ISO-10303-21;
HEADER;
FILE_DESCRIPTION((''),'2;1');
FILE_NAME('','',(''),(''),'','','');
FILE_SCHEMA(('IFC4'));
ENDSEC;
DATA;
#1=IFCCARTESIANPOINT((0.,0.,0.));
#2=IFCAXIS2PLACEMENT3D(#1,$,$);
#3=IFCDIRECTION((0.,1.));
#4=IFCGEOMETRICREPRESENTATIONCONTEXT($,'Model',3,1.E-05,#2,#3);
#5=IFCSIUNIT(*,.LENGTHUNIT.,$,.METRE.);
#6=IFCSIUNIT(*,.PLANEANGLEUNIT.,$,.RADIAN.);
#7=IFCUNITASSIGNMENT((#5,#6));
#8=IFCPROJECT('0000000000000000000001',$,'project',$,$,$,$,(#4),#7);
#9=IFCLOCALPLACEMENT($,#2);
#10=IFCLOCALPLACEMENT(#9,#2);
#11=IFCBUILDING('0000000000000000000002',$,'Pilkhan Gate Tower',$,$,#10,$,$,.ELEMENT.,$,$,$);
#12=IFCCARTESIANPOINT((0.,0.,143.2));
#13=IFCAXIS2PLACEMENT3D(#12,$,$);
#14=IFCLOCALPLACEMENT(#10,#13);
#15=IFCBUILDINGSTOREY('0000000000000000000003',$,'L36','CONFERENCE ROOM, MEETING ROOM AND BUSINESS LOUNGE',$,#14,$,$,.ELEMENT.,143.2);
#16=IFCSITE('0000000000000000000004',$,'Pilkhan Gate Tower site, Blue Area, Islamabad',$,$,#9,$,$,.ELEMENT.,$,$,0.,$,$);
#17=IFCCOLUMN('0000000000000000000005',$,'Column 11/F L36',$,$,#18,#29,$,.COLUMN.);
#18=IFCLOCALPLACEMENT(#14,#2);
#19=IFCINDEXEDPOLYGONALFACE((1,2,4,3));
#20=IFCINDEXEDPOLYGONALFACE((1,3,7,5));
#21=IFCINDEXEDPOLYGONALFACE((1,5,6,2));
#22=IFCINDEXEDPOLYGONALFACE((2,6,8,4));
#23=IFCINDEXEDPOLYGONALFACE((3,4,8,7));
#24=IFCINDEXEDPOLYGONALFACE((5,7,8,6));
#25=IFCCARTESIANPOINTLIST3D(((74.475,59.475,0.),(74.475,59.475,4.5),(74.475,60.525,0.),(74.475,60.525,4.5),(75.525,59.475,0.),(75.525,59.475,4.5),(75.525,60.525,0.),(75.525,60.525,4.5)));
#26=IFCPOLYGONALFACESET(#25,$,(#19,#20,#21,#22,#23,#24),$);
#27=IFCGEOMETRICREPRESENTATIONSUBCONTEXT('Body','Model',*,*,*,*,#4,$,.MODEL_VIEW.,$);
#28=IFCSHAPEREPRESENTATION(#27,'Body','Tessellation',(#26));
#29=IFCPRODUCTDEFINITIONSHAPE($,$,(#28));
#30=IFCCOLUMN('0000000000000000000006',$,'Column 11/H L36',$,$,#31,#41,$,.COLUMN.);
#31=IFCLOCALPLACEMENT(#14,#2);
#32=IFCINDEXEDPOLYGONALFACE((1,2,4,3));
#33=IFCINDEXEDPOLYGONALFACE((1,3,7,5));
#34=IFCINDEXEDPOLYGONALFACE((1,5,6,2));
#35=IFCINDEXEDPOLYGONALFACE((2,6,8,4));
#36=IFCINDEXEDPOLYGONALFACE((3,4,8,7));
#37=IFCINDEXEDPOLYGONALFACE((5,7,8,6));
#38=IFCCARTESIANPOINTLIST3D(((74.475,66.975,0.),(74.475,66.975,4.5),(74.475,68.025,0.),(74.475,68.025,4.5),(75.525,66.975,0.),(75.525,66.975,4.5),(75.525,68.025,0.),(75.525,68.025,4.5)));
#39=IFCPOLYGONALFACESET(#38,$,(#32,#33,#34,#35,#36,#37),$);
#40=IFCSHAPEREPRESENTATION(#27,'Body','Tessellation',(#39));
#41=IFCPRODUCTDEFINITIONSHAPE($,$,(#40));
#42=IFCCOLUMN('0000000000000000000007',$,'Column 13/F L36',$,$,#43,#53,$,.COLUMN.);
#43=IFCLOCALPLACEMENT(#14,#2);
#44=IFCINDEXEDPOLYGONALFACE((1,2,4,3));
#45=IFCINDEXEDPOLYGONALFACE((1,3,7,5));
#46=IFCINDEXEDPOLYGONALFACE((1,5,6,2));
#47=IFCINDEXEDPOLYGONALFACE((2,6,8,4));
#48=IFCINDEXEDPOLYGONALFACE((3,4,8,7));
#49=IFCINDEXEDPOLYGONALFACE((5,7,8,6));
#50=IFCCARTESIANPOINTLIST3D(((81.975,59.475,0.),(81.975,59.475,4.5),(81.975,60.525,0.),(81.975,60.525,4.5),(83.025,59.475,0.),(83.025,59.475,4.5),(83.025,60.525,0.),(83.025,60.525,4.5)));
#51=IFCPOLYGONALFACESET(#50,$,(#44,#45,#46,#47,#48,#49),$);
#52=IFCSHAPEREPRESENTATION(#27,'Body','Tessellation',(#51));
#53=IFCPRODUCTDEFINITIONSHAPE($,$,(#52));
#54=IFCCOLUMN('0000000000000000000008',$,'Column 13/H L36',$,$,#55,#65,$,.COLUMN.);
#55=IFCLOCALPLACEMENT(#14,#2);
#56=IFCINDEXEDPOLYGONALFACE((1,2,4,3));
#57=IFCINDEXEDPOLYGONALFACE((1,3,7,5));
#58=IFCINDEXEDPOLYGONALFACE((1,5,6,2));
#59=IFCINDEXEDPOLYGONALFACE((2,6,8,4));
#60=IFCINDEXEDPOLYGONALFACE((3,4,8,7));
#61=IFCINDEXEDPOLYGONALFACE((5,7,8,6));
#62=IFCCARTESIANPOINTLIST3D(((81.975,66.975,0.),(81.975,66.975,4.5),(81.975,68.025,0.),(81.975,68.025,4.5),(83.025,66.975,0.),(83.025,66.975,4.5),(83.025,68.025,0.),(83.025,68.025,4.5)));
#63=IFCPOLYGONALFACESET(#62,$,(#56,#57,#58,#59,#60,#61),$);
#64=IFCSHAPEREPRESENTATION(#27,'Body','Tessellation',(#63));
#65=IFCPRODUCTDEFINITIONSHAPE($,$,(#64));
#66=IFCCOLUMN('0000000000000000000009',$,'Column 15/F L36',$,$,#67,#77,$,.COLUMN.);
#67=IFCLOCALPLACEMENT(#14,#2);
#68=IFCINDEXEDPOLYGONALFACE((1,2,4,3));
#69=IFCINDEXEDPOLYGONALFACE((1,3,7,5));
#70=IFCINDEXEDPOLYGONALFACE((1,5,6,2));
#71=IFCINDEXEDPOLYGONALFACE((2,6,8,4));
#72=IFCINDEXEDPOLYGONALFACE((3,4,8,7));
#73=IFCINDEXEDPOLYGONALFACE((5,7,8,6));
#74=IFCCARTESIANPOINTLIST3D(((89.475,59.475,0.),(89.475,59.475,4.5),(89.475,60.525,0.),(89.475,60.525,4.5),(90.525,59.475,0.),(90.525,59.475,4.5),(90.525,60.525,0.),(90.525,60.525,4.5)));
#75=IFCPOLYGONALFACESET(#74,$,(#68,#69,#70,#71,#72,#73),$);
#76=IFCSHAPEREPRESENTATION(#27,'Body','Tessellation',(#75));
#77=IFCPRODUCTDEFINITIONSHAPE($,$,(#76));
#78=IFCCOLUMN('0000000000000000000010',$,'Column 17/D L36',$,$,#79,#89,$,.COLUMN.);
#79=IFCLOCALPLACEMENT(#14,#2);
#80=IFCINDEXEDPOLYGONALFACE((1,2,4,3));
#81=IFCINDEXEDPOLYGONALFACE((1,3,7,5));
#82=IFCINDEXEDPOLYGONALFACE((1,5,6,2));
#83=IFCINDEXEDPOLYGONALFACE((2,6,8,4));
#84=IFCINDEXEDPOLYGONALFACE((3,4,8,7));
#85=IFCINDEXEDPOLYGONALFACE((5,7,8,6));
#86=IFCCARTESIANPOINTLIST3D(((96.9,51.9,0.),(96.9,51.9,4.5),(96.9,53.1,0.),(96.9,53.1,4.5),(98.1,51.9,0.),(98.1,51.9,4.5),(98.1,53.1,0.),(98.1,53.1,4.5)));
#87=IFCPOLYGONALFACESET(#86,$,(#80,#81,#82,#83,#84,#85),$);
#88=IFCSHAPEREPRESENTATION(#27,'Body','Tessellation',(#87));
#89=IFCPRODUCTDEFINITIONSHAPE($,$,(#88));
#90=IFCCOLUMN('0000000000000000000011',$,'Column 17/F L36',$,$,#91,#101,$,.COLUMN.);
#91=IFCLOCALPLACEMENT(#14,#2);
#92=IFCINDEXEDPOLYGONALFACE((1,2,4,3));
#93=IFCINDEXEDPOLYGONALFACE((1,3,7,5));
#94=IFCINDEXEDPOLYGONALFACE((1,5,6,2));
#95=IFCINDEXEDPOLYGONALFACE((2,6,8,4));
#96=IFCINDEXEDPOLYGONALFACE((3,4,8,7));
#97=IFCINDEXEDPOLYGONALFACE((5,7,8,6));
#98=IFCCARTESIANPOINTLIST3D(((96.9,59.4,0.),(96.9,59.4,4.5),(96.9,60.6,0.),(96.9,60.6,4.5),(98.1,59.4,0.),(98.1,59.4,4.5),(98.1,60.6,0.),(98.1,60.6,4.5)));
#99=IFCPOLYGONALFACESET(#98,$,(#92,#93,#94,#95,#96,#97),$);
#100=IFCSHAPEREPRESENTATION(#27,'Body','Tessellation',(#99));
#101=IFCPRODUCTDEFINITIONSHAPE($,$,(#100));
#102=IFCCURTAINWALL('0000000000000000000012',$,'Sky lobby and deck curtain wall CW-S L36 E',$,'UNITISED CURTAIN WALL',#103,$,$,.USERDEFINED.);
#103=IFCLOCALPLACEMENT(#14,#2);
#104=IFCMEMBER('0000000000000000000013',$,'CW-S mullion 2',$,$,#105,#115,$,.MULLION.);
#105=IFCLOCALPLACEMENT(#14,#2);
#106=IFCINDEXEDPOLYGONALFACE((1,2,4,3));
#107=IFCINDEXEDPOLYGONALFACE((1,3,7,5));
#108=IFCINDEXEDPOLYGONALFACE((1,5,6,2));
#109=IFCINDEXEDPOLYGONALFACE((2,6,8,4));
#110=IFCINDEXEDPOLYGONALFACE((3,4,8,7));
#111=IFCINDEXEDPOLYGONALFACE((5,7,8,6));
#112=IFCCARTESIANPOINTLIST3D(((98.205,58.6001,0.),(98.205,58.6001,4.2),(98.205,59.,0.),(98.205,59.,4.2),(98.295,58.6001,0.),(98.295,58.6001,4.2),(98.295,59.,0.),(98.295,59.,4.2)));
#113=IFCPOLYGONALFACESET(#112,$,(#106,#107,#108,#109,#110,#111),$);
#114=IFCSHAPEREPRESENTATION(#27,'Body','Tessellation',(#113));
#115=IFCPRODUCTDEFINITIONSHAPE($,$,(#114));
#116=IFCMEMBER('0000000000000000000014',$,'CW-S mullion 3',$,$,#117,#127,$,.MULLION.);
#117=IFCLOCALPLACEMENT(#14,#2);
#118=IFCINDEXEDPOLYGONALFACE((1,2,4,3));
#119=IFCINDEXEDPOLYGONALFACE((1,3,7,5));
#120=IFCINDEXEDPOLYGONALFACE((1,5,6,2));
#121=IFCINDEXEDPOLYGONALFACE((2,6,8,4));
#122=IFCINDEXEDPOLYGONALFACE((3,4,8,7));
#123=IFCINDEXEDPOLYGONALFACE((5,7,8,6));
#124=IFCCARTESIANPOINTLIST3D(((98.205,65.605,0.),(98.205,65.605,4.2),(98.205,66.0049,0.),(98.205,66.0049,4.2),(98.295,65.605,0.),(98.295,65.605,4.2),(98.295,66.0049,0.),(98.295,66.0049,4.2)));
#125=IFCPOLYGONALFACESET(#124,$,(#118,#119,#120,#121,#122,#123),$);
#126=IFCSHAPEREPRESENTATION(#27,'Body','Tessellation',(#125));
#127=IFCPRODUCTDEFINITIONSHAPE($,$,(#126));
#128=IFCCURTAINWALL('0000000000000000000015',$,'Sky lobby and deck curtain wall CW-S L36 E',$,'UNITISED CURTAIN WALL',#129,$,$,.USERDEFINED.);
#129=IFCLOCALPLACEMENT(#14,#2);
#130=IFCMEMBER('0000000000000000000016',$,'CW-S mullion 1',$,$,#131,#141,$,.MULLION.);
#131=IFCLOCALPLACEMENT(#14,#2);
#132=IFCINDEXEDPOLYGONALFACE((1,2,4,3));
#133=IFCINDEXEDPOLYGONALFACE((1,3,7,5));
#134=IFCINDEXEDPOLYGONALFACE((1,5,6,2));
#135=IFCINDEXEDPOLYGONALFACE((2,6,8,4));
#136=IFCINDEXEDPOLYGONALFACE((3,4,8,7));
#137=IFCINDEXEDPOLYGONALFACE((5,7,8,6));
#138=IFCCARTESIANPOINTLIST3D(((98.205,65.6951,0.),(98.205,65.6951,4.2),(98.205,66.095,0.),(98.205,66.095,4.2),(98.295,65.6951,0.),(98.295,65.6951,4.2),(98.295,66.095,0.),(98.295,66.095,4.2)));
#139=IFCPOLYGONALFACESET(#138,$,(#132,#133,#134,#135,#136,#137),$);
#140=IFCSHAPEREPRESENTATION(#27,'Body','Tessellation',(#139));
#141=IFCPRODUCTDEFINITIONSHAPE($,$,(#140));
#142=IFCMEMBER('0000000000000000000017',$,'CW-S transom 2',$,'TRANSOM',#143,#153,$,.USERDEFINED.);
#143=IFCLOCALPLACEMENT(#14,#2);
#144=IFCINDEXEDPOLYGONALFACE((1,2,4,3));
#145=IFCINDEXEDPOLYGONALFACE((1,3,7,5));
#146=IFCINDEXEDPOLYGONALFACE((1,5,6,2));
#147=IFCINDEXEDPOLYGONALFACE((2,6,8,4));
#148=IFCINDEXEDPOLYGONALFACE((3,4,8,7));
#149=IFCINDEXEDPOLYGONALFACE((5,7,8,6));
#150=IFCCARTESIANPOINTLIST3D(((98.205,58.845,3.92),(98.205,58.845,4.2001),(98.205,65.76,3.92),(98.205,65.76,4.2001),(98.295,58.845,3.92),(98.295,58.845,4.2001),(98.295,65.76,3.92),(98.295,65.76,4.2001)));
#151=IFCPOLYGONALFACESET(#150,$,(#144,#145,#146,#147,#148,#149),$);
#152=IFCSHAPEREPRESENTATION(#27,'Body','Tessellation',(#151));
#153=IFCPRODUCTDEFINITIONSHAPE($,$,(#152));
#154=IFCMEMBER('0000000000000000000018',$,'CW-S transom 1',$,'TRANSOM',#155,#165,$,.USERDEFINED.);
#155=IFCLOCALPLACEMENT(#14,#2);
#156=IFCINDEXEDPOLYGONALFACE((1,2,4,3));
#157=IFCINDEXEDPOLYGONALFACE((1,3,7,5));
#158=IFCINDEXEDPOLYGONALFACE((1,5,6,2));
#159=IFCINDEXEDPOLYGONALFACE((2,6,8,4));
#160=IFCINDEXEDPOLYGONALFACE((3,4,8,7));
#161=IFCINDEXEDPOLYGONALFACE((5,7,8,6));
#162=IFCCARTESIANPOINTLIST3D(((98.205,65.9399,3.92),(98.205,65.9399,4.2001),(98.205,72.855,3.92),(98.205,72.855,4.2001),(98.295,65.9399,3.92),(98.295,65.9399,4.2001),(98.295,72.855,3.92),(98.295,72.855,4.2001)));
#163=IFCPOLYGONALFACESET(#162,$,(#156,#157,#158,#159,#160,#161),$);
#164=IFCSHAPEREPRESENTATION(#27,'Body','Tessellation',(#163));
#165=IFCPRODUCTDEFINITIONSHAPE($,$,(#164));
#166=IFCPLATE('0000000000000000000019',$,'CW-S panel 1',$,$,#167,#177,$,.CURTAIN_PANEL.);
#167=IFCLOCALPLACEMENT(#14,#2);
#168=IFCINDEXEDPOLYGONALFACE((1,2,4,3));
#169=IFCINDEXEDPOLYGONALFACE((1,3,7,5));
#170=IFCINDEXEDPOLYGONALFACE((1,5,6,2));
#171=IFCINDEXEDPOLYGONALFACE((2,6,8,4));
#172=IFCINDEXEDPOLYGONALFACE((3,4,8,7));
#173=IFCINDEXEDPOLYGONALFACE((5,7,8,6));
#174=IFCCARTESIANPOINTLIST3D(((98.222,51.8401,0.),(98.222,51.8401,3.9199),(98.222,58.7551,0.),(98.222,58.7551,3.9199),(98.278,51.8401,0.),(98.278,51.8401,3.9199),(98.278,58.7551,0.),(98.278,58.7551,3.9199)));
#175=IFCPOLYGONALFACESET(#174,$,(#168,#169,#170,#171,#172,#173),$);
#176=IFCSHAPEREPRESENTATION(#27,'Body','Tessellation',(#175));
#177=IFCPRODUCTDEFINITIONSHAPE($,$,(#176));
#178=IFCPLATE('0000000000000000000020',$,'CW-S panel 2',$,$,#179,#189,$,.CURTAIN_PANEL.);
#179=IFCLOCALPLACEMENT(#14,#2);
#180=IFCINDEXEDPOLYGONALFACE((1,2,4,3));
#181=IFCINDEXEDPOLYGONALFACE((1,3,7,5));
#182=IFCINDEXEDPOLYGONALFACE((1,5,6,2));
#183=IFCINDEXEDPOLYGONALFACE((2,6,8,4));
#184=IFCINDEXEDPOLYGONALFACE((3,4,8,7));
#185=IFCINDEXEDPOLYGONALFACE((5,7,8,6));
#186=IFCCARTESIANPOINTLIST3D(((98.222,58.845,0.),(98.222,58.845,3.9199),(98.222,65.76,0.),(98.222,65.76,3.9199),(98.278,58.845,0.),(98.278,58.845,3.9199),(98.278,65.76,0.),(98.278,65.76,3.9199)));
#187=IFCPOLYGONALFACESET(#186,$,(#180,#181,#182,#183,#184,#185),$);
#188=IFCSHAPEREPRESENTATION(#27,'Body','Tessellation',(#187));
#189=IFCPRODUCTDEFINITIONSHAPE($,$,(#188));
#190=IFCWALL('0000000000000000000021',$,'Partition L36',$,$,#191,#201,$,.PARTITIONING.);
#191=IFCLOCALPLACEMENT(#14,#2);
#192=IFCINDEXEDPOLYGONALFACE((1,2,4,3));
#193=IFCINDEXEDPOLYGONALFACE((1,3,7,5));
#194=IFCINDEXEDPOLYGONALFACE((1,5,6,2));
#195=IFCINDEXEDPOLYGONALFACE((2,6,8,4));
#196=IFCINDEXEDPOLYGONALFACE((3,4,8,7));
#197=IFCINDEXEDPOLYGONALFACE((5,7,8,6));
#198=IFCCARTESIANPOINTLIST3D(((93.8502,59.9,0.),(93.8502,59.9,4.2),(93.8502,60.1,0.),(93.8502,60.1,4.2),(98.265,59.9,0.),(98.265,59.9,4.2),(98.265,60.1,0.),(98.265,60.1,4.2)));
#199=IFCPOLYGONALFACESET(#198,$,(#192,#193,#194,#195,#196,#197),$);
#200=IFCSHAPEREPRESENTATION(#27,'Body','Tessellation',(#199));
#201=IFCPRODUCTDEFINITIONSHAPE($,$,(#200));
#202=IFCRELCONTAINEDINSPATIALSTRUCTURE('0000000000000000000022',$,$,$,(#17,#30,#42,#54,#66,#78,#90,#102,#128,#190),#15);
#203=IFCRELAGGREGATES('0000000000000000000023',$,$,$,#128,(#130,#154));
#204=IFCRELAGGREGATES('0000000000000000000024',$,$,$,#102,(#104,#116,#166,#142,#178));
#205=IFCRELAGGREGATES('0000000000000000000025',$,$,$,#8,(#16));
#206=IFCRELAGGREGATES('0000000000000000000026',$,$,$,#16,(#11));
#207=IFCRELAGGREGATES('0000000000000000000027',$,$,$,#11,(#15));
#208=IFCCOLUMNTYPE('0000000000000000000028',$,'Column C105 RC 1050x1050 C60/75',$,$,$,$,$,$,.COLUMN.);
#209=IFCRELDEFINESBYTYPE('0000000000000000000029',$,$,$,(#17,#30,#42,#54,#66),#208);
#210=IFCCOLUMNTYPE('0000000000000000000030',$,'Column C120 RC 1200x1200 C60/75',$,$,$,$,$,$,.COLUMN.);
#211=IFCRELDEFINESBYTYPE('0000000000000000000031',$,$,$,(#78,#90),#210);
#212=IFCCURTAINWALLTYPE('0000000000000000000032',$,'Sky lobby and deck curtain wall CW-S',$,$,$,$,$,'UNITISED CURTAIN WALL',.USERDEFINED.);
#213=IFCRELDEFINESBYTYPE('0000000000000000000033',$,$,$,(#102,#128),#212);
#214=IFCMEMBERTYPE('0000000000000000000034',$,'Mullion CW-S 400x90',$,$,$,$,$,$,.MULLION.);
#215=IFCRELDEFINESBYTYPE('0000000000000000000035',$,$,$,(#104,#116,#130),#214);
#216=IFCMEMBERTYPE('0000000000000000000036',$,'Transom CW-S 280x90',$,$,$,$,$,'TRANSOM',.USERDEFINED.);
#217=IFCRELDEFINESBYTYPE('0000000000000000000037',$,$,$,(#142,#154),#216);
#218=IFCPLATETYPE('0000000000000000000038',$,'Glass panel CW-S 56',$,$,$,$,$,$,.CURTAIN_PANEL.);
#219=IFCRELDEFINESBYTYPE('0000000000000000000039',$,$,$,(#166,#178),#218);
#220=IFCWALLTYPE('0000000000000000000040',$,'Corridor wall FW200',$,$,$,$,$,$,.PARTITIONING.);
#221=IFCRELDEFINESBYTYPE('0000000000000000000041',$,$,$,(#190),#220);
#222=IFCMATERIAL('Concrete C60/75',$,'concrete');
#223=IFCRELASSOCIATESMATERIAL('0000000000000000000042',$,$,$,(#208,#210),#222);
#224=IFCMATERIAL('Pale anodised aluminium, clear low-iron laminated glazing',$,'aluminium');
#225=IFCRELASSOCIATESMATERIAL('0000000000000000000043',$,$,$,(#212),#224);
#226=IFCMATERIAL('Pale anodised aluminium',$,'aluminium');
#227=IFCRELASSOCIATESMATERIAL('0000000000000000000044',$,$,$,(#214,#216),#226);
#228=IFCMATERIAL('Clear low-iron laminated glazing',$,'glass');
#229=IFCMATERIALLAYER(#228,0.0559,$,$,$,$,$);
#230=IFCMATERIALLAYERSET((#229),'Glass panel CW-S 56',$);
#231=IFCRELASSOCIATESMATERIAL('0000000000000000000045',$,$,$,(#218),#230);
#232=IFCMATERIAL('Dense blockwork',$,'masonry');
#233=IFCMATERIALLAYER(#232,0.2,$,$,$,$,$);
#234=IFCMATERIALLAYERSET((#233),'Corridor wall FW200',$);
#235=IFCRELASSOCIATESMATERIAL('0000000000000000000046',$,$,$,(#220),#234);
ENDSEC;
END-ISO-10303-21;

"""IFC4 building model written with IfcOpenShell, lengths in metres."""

from ifc_helpers import new_model, si_unit, direction, frame, frame_2d, origin, origin_2d, place, context, subcontext, project, spatial, rectangle, extrude, material, layer, layer_set, material_profile, profile_set, type_object, element, aggregate, save


model = new_model("IFC4")

# Units and contexts
model_context = context("Model", 3, precision=1e-05, world=origin(), true_north=direction((0.0, 1.0)))
body_context = subcontext(model_context, "Body", "Model", "MODEL_VIEW")
ifc_project = project(units=[si_unit("LENGTHUNIT", "METRE"), si_unit("PLANEANGLEUNIT", "RADIAN")], contexts=[model_context])

# Site, building, storey
site_placement = place(None, origin())
site = spatial("IfcSite", under=ifc_project, at=site_placement, Name="Pilkhan Gate Tower site, Blue Area, Islamabad", CompositionType="ELEMENT", RefElevation=0.0)
building_placement = place(site_placement, origin())
building = spatial("IfcBuilding", under=site, at=building_placement, Name="Pilkhan Gate Tower", CompositionType="ELEMENT")
storey_placement = place(building_placement, frame((0.0, 0.0, 143.2)))
storey = spatial("IfcBuildingStorey", under=building, at=storey_placement, Name="L36", Description="CONFERENCE ROOM, MEETING ROOM AND BUSINESS LOUNGE", CompositionType="ELEMENT", Elevation=143.2)

# Columns
ifc_material_1 = material(Name="Concrete C60/75", Category="concrete")
ifc_material_profile_1 = material_profile(ifc_material_1, rectangle(XDim=1.05, YDim=1.05, at=origin_2d()), Name="RC 1050x1050")
ifc_profile_set_1 = profile_set([ifc_material_profile_1], Name="Concrete C60/75")
column_type_1 = type_object("IfcColumnType", Name="Column C105 RC 1050x1050 C60/75", PredefinedType="COLUMN", material=ifc_profile_set_1)
for number, where, z_axis, x_axis, name in (
    (1, (75.0, 60.0, 0.0), (0.0, 0.0, 1.0), (1.0, 0.0, 0.0), "Column 11/F L36"),
    (2, (75.0, 67.5, 0.0), (0.0, 0.0, 1.0), (1.0, 0.0, 0.0), "Column 11/H L36"),
    (3, (82.5, 60.0, 0.0), (0.0, 0.0, 1.0), (1.0, 0.0, 0.0), "Column 13/F L36"),
    (4, (82.5, 67.5, 0.0), (0.0, 0.0, 1.0), (1.0, 0.0, 0.0), "Column 13/H L36"),
    (5, (90.0, 60.0, 0.0), (0.0, 0.0, 1.0), (1.0, 0.0, 0.0), "Column 15/F L36"),
):
    element("IfcColumn", number, at=place(storey_placement, frame(where, z_axis=z_axis, x_axis=x_axis)), inside=storey, type_object=column_type_1, Name=name, PredefinedType="COLUMN", context=body_context, shape_type="SweptSolid", body=[
        extrude(rectangle(XDim=1.05, YDim=1.05, at=origin_2d()), origin(), (0.0, 0.0, 1.0), 4.5),
    ])
ifc_material_profile_2 = material_profile(ifc_material_1, rectangle(XDim=1.2, YDim=1.2, at=origin_2d()), Name="RC 1200x1200")
ifc_profile_set_2 = profile_set([ifc_material_profile_2], Name="Concrete C60/75")
column_type_2 = type_object("IfcColumnType", Name="Column C120 RC 1200x1200 C60/75", PredefinedType="COLUMN", material=ifc_profile_set_2)
for number, where, z_axis, x_axis, name in (
    (6, (97.5, 52.5, 0.0), (0.0, 0.0, 1.0), (1.0, 0.0, 0.0), "Column 17/D L36"),
    (7, (97.5, 60.0, 0.0), (0.0, 0.0, 1.0), (1.0, 0.0, 0.0), "Column 17/F L36"),
):
    element("IfcColumn", number, at=place(storey_placement, frame(where, z_axis=z_axis, x_axis=x_axis)), inside=storey, type_object=column_type_2, Name=name, PredefinedType="COLUMN", context=body_context, shape_type="SweptSolid", body=[
        extrude(rectangle(XDim=1.2, YDim=1.2, at=origin_2d()), origin(), (0.0, 0.0, 1.0), 4.5),
    ])

# Curtain wall, members
ifc_material_2 = material(Name="Pale anodised aluminium, clear low-iron laminated glazing", Category="aluminium")
curtain_wall_type = type_object("IfcCurtainWallType", Name="Sky lobby and deck curtain wall CW-S", ElementType="UNITISED CURTAIN WALL", PredefinedType="USERDEFINED", material=ifc_material_2)
curtain_wall_1_placement = place(storey_placement, origin())
curtain_wall_1 = element("IfcCurtainWall", 8, at=curtain_wall_1_placement, inside=storey, type_object=curtain_wall_type, Name="Sky lobby and deck curtain wall CW-S L36 E", ObjectType="UNITISED CURTAIN WALL", PredefinedType="USERDEFINED")
ifc_material_3 = material(Name="Pale anodised aluminium", Category="aluminium")
ifc_material_profile_3 = material_profile(ifc_material_3, rectangle(XDim=0.0901, YDim=0.3999, at=origin_2d()), Name="Mullion 400x90")
ifc_profile_set_3 = profile_set([ifc_material_profile_3], Name="Pale anodised aluminium")
member_type_1 = type_object("IfcMemberType", Name="Mullion CW-S 400x90", PredefinedType="MULLION", material=ifc_profile_set_3)
member_1_placement = place(storey_placement, frame((98.25, 58.8, 0.0), z_axis=(0.0, 0.0, 1.0), x_axis=(-1.0, 0.0, 0.0)))
member_1 = element("IfcMember", 9, at=member_1_placement, type_object=member_type_1, Name="CW-S mullion 2", PredefinedType="MULLION", context=body_context, shape_type="SweptSolid", body=[
    extrude(rectangle(XDim=0.0901, YDim=0.3999, at=origin_2d()), origin(), (0.0, 0.0, 1.0), 4.2),
])
member_2_placement = place(storey_placement, frame((98.25, 65.8049, 0.0), z_axis=(0.0, 0.0, 1.0), x_axis=(-1.0, 0.0, 0.0)))
member_2 = element("IfcMember", 10, at=member_2_placement, type_object=member_type_1, Name="CW-S mullion 3", PredefinedType="MULLION", context=body_context, shape_type="SweptSolid", body=[
    extrude(rectangle(XDim=0.0901, YDim=0.3999, at=origin_2d()), origin(), (0.0, 0.0, 1.0), 4.2),
])

# Curtain wall, member
curtain_wall_2_placement = place(storey_placement, origin())
curtain_wall_2 = element("IfcCurtainWall", 11, at=curtain_wall_2_placement, inside=storey, type_object=curtain_wall_type, Name="Sky lobby and deck curtain wall CW-S L36 E", ObjectType="UNITISED CURTAIN WALL", PredefinedType="USERDEFINED")
member_3_placement = place(storey_placement, frame((98.25, 65.895, 0.0), z_axis=(0.0, 0.0, 1.0), x_axis=(-1.0, 0.0, 0.0)))
member_3 = element("IfcMember", 12, at=member_3_placement, type_object=member_type_1, Name="CW-S mullion 1", PredefinedType="MULLION", context=body_context, shape_type="SweptSolid", body=[
    extrude(rectangle(XDim=0.0901, YDim=0.3999, at=origin_2d()), origin(), (0.0, 0.0, 1.0), 4.2),
])

# Members
ifc_material_profile_4 = material_profile(ifc_material_3, rectangle(XDim=0.0901, YDim=0.28, at=origin_2d()), Name="Transom 280x90")
ifc_profile_set_4 = profile_set([ifc_material_profile_4], Name="Pale anodised aluminium")
member_type_2 = type_object("IfcMemberType", Name="Transom CW-S 280x90", ElementType="TRANSOM", PredefinedType="USERDEFINED", material=ifc_profile_set_4)
member_4_placement = place(storey_placement, frame((98.25, 58.845, 4.0601), z_axis=(0.0, 1.0, 0.0), x_axis=(-1.0, 0.0, 0.0)))
member_4 = element("IfcMember", 13, at=member_4_placement, type_object=member_type_2, Name="CW-S transom 2", ObjectType="TRANSOM", PredefinedType="USERDEFINED", context=body_context, shape_type="SweptSolid", body=[
    extrude(rectangle(XDim=0.0901, YDim=0.28, at=origin_2d()), origin(), (0.0, 0.0, 1.0), 6.915),
])
member_5_placement = place(storey_placement, frame((98.25, 65.9399, 4.0601), z_axis=(0.0, 1.0, 0.0), x_axis=(-1.0, 0.0, 0.0)))
member_5 = element("IfcMember", 14, at=member_5_placement, type_object=member_type_2, Name="CW-S transom 1", ObjectType="TRANSOM", PredefinedType="USERDEFINED", context=body_context, shape_type="SweptSolid", body=[
    extrude(rectangle(XDim=0.0901, YDim=0.28, at=origin_2d()), origin(), (0.0, 0.0, 1.0), 6.915),
])
aggregate(curtain_wall_2, [member_3, member_5])

# Plates
ifc_material_4 = material(Name="Clear low-iron laminated glazing", Category="glass")
ifc_layer_1 = layer(ifc_material_4, 0.0559)
ifc_layer_set_1 = layer_set([ifc_layer_1], Name="Glass panel CW-S 56")
plate_type = type_object("IfcPlateType", Name="Glass panel CW-S 56", PredefinedType="CURTAIN_PANEL", material=ifc_layer_set_1)
plate_1_placement = place(storey_placement, frame((98.25, 55.2976, 0.0), z_axis=(0.0, 0.0, 1.0), x_axis=(0.0, 1.0, 0.0)))
plate_1 = element("IfcPlate", 15, at=plate_1_placement, type_object=plate_type, Name="CW-S panel 1", PredefinedType="CURTAIN_PANEL", context=body_context, shape_type="SweptSolid", body=[
    extrude(rectangle(XDim=6.915, YDim=0.0559, at=origin_2d()), origin(), (0.0, 0.0, 1.0), 3.9199),
])
plate_2_placement = place(storey_placement, frame((98.25, 62.3025, 0.0), z_axis=(0.0, 0.0, 1.0), x_axis=(0.0, 1.0, 0.0)))
plate_2 = element("IfcPlate", 16, at=plate_2_placement, type_object=plate_type, Name="CW-S panel 2", PredefinedType="CURTAIN_PANEL", context=body_context, shape_type="SweptSolid", body=[
    extrude(rectangle(XDim=6.915, YDim=0.0559, at=origin_2d()), origin(), (0.0, 0.0, 1.0), 3.9199),
])
aggregate(curtain_wall_1, [member_1, member_2, plate_1, member_4, plate_2])

# Wall
ifc_material_5 = material(Name="Dense blockwork", Category="masonry")
ifc_layer_2 = layer(ifc_material_5, 0.2)
ifc_layer_set_2 = layer_set([ifc_layer_2], Name="Corridor wall FW200")
wall_type = type_object("IfcWallType", Name="Corridor wall FW200", PredefinedType="PARTITIONING", material=ifc_layer_set_2)
wall_1_placement = place(storey_placement, frame((93.8501, 60.0, 0.0), z_axis=(0.0, 0.0, 1.0), x_axis=(1.0, 0.0, 0.0)))
element("IfcWall", 17, at=wall_1_placement, inside=storey, type_object=wall_type, Name="Partition L36", PredefinedType="PARTITIONING", context=body_context, shape_type="SweptSolid", body=[
    extrude(rectangle(XDim=4.4148, YDim=0.2, at=frame_2d((2.2075, 0.0))), origin(), (0.0, 0.0, 1.0), 4.2),
])

save(model, "model.ifc")
